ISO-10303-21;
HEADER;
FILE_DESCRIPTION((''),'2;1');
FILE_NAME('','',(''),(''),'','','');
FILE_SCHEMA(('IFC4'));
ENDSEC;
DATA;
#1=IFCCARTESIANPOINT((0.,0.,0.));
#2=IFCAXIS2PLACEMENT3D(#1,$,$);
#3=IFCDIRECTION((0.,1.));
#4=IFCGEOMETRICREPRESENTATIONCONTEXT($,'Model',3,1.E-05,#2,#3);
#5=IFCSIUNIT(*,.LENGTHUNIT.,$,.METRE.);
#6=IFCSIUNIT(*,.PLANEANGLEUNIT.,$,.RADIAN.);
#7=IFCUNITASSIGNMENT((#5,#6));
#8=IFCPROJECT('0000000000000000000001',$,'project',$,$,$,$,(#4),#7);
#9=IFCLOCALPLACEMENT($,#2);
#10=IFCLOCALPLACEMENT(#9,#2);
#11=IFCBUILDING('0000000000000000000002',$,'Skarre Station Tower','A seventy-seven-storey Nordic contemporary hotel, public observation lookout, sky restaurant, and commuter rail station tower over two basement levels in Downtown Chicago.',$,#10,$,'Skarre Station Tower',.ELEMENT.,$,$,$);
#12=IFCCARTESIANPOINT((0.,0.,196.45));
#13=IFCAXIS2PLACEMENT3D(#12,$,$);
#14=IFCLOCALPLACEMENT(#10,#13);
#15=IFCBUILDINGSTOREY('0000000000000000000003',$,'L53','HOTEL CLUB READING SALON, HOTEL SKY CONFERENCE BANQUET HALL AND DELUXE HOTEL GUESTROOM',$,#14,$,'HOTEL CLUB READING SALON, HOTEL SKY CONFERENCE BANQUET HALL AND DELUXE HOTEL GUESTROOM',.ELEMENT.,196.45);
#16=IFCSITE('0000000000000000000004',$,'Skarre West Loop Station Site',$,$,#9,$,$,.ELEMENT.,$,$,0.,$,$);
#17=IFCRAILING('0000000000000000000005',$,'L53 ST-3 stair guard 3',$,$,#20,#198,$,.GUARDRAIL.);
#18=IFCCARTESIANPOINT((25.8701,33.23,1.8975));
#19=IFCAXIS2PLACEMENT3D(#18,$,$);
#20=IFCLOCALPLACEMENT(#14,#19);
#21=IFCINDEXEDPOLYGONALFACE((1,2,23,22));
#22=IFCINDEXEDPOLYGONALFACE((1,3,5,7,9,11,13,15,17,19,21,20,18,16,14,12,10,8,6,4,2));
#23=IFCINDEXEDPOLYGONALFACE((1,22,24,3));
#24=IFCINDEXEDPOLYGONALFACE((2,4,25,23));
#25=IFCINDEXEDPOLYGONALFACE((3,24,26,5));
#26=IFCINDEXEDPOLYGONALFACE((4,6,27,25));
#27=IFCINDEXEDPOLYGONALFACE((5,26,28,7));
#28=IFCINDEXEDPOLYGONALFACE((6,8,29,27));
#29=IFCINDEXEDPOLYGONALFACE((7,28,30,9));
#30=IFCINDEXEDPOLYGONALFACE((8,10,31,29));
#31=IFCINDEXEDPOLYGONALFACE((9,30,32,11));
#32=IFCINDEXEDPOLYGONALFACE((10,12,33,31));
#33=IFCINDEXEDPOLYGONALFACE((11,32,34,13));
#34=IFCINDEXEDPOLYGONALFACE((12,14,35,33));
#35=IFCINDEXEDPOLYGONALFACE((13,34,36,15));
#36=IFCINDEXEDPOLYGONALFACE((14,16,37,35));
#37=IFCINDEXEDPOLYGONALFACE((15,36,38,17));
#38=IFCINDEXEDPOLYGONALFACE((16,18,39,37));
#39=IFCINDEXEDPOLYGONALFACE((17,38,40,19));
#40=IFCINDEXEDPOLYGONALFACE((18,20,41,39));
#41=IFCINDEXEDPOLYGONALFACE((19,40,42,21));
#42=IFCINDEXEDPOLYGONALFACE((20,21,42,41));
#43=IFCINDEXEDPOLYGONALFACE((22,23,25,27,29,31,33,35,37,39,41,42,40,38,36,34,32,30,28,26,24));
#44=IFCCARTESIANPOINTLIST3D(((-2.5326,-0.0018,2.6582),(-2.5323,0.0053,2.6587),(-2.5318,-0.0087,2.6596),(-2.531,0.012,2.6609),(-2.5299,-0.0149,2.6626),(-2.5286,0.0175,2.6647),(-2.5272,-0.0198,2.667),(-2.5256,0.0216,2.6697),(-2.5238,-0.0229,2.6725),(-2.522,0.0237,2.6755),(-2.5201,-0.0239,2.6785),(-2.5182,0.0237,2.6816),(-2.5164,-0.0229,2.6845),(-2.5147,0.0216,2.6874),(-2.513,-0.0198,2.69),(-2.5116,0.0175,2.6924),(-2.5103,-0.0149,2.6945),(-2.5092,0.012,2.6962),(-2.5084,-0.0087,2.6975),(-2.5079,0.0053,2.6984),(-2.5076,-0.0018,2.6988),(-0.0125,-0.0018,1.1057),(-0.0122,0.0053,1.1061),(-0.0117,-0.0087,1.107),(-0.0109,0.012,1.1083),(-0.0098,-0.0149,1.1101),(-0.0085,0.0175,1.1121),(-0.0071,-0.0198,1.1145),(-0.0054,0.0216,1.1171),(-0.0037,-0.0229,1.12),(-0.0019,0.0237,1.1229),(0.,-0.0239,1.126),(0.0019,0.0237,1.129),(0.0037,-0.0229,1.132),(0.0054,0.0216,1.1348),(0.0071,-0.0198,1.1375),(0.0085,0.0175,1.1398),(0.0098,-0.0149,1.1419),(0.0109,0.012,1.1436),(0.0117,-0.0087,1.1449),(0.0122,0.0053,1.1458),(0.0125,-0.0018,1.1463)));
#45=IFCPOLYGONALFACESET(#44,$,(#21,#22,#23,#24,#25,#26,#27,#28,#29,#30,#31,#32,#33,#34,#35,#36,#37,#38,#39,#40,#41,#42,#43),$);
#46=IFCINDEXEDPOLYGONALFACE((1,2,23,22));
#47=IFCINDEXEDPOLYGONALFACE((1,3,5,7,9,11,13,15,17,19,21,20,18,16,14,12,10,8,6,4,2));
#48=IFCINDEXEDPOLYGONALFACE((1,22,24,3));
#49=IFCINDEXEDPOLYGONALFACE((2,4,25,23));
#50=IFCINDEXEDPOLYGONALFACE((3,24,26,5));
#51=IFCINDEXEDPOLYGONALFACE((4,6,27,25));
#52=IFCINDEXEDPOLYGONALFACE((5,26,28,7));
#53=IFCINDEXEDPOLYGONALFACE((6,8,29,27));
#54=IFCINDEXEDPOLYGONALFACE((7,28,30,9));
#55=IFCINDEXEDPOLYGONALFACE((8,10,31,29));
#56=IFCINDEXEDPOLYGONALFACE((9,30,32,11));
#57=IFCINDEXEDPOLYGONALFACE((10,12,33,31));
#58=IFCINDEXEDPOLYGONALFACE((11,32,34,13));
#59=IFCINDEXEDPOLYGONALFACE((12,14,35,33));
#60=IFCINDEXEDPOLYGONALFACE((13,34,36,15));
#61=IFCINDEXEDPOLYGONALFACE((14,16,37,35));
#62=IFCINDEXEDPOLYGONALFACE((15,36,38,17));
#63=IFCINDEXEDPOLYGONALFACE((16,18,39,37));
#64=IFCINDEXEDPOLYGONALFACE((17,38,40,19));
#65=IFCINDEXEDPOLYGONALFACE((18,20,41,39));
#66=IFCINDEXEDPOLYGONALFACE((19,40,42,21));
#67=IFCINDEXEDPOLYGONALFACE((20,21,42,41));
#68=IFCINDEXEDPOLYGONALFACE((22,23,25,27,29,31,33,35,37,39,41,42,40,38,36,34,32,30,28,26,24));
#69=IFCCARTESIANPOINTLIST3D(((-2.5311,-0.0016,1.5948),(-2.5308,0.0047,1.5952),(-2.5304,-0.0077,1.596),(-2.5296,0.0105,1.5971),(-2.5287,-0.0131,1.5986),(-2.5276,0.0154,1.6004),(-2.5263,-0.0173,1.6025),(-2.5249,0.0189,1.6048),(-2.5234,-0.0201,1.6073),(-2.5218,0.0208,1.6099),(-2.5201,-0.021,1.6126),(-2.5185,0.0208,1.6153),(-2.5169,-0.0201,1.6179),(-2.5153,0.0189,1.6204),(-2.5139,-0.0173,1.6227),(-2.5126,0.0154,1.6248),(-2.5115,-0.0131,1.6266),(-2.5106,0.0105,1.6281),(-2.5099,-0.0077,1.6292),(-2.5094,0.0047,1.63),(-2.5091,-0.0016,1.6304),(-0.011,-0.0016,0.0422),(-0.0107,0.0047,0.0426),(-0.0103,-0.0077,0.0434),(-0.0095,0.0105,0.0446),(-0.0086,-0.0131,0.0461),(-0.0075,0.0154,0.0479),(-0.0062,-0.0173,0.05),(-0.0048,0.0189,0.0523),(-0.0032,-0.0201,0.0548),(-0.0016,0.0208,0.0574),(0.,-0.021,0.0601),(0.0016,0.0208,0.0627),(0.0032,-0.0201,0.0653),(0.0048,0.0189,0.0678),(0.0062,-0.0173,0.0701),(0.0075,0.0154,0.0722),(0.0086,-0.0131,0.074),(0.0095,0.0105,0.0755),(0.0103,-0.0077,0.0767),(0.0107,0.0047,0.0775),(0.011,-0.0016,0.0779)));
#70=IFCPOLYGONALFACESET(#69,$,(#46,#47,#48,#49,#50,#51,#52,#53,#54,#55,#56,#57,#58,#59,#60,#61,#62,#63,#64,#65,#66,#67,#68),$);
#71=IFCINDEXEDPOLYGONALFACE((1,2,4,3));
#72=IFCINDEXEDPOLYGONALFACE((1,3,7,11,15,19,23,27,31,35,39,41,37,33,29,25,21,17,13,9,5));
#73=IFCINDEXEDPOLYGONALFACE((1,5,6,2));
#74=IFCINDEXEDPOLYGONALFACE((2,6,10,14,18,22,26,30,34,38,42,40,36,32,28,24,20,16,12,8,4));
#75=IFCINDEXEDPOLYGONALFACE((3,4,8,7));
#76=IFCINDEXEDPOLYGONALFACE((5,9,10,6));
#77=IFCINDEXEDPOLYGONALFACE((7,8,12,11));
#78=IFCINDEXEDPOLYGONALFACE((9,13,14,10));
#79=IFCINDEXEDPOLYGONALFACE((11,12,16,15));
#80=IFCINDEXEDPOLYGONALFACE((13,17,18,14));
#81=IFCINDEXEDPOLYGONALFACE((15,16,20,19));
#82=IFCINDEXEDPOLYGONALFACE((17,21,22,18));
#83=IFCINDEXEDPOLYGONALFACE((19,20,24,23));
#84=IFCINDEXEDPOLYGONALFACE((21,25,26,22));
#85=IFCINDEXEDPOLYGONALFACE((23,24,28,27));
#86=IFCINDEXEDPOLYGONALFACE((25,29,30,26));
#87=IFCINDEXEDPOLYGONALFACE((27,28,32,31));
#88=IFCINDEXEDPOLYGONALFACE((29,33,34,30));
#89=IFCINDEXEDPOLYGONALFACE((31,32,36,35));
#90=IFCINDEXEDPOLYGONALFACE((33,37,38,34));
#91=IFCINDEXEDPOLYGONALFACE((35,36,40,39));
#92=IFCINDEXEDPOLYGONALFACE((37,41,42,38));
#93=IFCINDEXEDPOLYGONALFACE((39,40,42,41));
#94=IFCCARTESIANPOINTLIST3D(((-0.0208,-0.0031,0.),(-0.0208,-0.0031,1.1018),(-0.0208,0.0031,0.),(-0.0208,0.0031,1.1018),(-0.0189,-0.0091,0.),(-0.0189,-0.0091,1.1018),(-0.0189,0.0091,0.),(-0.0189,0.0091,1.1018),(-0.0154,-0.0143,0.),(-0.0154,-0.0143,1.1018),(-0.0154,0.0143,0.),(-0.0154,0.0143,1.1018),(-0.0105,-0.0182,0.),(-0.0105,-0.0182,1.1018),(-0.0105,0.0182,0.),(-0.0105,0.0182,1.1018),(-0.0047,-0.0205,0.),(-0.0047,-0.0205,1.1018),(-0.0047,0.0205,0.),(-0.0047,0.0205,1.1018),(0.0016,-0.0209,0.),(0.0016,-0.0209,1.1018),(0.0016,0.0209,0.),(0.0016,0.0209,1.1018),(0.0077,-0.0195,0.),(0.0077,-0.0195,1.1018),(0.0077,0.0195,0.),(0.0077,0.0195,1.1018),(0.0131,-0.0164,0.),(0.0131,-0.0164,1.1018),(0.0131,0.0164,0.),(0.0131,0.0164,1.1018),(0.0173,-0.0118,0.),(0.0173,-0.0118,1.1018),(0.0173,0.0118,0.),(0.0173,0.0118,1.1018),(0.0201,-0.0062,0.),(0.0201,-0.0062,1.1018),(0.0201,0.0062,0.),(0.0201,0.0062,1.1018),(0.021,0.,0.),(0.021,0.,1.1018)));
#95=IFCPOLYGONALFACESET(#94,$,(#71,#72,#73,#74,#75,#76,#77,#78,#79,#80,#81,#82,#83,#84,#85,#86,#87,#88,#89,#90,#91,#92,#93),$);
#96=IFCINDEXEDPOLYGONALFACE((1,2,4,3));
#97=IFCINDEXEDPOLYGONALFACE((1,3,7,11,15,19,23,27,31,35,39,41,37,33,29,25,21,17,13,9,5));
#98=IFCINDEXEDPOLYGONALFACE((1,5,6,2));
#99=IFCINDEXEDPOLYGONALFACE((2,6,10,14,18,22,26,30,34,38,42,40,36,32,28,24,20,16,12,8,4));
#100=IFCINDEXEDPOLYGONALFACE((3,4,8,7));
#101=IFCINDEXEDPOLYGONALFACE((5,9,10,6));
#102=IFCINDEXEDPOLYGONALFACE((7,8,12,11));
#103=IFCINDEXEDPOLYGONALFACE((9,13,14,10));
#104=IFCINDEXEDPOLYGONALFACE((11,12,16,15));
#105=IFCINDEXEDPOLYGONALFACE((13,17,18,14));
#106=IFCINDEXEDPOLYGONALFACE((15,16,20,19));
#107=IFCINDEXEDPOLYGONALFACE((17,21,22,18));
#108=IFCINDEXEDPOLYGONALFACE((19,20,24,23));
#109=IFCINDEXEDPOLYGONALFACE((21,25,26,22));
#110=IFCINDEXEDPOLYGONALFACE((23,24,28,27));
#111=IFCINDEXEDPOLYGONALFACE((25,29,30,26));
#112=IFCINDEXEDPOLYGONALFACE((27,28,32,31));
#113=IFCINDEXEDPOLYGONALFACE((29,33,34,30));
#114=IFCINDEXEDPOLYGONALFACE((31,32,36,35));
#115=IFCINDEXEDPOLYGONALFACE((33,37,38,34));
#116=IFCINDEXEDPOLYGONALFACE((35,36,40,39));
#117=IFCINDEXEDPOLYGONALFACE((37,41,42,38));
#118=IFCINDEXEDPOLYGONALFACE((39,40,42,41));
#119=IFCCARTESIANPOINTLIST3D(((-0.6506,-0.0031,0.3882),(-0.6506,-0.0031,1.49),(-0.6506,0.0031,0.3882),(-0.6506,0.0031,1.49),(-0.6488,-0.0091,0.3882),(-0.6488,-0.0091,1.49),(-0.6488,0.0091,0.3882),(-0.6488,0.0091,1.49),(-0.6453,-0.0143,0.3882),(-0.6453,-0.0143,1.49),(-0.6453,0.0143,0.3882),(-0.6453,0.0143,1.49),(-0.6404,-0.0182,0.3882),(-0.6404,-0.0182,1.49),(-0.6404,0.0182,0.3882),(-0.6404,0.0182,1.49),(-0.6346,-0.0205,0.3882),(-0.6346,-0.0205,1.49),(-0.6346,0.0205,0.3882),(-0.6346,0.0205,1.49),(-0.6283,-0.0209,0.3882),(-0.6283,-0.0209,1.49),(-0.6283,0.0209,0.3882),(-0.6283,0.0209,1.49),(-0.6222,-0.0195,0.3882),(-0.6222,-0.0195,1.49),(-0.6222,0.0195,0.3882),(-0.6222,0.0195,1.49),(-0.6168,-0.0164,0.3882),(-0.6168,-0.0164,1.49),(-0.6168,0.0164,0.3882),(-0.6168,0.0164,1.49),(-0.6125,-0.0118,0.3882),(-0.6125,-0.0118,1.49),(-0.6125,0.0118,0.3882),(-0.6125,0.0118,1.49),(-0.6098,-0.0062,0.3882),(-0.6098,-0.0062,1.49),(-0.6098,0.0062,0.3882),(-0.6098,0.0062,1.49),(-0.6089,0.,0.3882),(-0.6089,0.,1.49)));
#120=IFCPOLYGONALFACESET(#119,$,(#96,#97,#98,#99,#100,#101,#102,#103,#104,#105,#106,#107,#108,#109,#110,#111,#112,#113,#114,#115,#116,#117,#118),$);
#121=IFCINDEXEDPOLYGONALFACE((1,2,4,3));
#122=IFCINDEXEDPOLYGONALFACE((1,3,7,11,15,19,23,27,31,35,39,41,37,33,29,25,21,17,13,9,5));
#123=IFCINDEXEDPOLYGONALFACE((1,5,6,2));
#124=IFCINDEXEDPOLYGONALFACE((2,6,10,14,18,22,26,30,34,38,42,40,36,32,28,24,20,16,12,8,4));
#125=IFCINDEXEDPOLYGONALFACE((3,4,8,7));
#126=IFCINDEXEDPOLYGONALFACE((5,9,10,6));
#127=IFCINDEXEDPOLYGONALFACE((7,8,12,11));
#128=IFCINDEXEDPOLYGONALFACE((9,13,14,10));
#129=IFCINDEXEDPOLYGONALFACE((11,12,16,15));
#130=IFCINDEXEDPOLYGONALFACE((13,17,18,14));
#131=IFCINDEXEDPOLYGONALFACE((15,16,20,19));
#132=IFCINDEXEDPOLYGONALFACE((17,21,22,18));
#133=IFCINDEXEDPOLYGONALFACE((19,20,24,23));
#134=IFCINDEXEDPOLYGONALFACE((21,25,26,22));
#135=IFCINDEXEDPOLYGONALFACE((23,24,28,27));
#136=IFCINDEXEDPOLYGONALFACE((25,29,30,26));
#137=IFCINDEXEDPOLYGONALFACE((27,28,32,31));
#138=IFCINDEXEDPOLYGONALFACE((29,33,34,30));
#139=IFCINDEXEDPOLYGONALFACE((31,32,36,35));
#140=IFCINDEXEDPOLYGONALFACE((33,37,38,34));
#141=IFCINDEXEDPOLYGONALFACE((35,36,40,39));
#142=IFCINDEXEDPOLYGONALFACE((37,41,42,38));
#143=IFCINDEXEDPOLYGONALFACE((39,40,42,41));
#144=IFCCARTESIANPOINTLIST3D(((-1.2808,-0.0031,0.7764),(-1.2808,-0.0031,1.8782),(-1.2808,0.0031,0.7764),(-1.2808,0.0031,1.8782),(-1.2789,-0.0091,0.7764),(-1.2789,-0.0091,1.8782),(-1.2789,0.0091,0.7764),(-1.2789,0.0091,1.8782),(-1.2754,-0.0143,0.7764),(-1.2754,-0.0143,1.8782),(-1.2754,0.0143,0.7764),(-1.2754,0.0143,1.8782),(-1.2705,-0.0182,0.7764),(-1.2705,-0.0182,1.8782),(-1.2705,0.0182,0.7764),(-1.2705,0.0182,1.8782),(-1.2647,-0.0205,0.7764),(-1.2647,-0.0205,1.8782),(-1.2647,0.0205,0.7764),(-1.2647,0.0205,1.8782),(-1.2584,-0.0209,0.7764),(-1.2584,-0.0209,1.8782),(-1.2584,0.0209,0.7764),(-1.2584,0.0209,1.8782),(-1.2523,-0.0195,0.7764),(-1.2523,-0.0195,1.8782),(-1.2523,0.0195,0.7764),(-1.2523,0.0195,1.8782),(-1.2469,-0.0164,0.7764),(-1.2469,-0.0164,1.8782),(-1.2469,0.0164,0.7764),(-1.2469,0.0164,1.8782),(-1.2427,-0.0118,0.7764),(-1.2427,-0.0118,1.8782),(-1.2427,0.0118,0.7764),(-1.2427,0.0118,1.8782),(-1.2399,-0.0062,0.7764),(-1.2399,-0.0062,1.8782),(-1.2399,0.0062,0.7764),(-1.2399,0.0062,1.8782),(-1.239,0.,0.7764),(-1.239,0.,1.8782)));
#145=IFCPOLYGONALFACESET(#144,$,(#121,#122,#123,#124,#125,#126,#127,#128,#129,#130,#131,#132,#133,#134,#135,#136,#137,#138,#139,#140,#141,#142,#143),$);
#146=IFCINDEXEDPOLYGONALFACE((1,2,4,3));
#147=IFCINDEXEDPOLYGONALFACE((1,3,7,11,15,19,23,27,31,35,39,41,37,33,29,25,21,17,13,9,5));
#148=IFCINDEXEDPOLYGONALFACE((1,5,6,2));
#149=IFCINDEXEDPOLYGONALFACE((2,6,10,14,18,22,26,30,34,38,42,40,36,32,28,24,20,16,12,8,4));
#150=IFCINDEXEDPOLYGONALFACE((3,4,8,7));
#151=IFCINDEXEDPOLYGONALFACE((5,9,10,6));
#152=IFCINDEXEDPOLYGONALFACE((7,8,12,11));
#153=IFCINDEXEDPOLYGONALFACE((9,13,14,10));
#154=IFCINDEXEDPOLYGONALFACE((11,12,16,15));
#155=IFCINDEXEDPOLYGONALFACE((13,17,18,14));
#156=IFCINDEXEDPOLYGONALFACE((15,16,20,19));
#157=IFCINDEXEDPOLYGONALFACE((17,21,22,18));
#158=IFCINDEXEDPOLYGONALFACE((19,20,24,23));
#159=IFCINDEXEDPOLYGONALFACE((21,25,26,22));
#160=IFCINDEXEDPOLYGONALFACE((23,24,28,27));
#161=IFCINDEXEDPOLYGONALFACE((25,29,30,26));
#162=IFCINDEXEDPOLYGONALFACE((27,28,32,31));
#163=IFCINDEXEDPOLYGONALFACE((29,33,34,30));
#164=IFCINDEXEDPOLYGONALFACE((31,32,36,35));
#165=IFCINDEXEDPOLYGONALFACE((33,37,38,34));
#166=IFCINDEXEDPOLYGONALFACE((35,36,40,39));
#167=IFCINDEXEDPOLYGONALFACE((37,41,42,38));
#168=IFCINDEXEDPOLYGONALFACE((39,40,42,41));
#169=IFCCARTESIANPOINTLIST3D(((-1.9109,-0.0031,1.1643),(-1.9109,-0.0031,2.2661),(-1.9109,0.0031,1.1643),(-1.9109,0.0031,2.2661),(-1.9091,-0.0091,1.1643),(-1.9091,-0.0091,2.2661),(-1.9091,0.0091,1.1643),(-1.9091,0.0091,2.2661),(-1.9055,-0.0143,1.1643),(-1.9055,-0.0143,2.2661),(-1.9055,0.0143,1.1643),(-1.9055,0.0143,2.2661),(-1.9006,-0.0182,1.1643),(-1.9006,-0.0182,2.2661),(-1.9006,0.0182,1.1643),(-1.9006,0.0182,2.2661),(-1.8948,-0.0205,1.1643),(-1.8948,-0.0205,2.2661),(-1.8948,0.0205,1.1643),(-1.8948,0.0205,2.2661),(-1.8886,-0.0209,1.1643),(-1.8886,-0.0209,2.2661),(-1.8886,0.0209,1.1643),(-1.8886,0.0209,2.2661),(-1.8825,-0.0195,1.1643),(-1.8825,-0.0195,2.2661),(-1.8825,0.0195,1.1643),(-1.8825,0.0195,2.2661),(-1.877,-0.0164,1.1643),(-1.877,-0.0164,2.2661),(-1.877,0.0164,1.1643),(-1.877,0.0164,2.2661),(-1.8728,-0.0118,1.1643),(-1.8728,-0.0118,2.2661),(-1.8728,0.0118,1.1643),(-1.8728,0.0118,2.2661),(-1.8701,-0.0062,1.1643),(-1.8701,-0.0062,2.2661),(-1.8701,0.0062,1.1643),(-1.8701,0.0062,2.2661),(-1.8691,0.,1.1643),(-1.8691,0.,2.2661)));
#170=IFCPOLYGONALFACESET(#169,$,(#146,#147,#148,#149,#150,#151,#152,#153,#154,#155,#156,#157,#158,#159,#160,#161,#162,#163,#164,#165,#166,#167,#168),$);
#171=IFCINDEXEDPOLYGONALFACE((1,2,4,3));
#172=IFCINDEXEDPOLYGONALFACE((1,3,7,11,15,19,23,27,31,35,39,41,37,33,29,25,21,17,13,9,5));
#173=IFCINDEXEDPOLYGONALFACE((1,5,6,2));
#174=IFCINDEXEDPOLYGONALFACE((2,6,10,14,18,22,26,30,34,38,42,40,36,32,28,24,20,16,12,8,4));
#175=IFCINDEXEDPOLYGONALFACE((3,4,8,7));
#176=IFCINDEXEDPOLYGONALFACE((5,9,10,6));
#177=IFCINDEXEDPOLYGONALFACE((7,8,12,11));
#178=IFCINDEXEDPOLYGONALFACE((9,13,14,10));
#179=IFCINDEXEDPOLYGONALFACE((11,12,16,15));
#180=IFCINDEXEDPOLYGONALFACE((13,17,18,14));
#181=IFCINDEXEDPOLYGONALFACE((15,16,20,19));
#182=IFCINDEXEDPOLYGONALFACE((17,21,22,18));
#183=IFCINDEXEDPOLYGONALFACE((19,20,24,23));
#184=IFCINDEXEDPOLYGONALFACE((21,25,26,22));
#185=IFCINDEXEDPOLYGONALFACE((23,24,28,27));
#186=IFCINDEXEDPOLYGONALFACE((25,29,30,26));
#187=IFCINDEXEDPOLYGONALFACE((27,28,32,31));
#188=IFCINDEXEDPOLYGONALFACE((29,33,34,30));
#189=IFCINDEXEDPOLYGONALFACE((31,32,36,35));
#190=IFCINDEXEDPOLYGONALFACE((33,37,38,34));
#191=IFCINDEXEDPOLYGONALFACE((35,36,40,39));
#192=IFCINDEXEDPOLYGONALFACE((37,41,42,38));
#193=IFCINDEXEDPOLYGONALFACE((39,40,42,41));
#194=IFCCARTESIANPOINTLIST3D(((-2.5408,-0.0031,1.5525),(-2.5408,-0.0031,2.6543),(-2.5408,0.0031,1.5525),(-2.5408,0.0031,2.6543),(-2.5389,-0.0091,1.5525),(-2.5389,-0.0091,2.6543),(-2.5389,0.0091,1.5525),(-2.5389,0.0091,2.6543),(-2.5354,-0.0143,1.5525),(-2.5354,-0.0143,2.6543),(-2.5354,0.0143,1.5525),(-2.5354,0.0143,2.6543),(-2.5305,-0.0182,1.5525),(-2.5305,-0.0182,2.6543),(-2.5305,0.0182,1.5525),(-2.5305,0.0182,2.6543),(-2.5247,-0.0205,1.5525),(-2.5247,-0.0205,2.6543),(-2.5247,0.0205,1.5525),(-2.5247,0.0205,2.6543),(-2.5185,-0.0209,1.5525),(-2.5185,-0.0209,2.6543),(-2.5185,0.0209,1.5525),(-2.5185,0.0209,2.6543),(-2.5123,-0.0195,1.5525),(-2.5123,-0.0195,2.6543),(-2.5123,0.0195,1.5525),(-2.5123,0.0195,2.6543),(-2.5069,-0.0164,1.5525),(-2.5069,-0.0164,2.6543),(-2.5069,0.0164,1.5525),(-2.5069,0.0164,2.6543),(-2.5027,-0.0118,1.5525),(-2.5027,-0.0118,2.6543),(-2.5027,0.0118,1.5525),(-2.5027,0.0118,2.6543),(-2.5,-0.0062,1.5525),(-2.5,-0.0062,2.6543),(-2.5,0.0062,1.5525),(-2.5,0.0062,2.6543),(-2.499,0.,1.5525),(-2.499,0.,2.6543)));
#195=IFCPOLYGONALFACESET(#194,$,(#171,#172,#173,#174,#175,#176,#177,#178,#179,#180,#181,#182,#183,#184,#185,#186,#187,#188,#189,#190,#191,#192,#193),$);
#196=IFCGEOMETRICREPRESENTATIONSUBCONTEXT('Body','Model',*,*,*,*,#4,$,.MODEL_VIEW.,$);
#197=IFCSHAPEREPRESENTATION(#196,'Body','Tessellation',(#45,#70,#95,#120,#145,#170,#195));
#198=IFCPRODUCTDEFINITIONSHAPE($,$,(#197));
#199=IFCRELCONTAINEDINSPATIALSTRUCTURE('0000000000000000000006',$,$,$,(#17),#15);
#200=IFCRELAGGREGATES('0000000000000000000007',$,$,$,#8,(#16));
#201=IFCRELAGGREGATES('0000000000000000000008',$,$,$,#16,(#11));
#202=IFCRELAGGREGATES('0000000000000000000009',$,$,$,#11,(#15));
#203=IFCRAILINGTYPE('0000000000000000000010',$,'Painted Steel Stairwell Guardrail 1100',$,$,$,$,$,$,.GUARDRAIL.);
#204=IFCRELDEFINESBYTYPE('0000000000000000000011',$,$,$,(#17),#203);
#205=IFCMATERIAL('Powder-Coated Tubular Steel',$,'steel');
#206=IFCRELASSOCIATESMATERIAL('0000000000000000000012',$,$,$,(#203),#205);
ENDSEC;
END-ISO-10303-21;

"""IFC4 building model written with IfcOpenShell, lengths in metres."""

from ifc_helpers import new_model, si_unit, direction, frame, origin, origin_2d, place, context, subcontext, project, spatial, circle, extrude, material, type_object, element, save


model = new_model("IFC4")

# Units and contexts
model_context = context("Model", 3, precision=1e-05, world=origin(), true_north=direction((0.0, 1.0)))
body_context = subcontext(model_context, "Body", "Model", "MODEL_VIEW")
ifc_project = project(units=[si_unit("LENGTHUNIT", "METRE"), si_unit("PLANEANGLEUNIT", "RADIAN")], contexts=[model_context])

# Site, building, storey
site_placement = place(None, origin())
site = spatial("IfcSite", under=ifc_project, at=site_placement, Name="Skarre West Loop Station Site", CompositionType="ELEMENT", RefElevation=0.0)
building_placement = place(site_placement, origin())
building = spatial("IfcBuilding", under=site, at=building_placement, Name="Skarre Station Tower", Description="A seventy-seven-storey Nordic contemporary hotel, public observation lookout, sky restaurant, and commuter rail station tower over two basement levels in Downtown Chicago.", LongName="Skarre Station Tower", CompositionType="ELEMENT")
storey_placement = place(building_placement, frame((0.0, 0.0, 196.45)))
storey = spatial("IfcBuildingStorey", under=building, at=storey_placement, Name="L53", Description="HOTEL CLUB READING SALON, HOTEL SKY CONFERENCE BANQUET HALL AND DELUXE HOTEL GUESTROOM", LongName="HOTEL CLUB READING SALON, HOTEL SKY CONFERENCE BANQUET HALL AND DELUXE HOTEL GUESTROOM", CompositionType="ELEMENT", Elevation=196.45)

# Railing
ifc_material_1 = material(Name="Powder-Coated Tubular Steel", Category="steel")
railing_type_1 = type_object("IfcRailingType", Name="Painted Steel Stairwell Guardrail 1100", PredefinedType="GUARDRAIL", material=ifc_material_1)
railing_1_placement = place(storey_placement, frame((25.8701, 33.23, 1.8975)))
element("IfcRailing", 1, at=railing_1_placement, inside=storey, type_object=railing_type_1, Name="L53 ST-3 stair guard 3", PredefinedType="GUARDRAIL", context=body_context, shape_type="SweptSolid", body=[
    extrude(circle(Radius=0.0239, at=origin_2d()), frame((0.0, 0.0, 1.126), z_axis=(-0.8514, 0.0, 0.524516), x_axis=(0.0, -1.0, 0.0)), (0.0, 0.0, 1.0), 2.96),
    extrude(circle(Radius=0.021, at=origin_2d()), frame((0.0, 0.0, 0.0601), z_axis=(-0.8514, 0.0, 0.524516), x_axis=(0.0, -1.0, 0.0)), (0.0, 0.0, 1.0), 2.96),
    extrude(circle(Radius=0.021, at=origin_2d()), origin(), (0.0, 0.0, 1.0), 1.1018),
    extrude(circle(Radius=0.021, at=origin_2d()), frame((-0.6299, 0.0, 0.3882)), (0.0, 0.0, 1.0), 1.1018),
    extrude(circle(Radius=0.021, at=origin_2d()), frame((-1.26, 0.0, 0.7764)), (0.0, 0.0, 1.0), 1.1018),
    extrude(circle(Radius=0.021, at=origin_2d()), frame((-1.8901, 0.0, 1.1643)), (0.0, 0.0, 1.0), 1.1018),
    extrude(circle(Radius=0.021, at=origin_2d()), frame((-2.52, 0.0, 1.5525)), (0.0, 0.0, 1.0), 1.1018),
])

save(model, "model.ifc")
